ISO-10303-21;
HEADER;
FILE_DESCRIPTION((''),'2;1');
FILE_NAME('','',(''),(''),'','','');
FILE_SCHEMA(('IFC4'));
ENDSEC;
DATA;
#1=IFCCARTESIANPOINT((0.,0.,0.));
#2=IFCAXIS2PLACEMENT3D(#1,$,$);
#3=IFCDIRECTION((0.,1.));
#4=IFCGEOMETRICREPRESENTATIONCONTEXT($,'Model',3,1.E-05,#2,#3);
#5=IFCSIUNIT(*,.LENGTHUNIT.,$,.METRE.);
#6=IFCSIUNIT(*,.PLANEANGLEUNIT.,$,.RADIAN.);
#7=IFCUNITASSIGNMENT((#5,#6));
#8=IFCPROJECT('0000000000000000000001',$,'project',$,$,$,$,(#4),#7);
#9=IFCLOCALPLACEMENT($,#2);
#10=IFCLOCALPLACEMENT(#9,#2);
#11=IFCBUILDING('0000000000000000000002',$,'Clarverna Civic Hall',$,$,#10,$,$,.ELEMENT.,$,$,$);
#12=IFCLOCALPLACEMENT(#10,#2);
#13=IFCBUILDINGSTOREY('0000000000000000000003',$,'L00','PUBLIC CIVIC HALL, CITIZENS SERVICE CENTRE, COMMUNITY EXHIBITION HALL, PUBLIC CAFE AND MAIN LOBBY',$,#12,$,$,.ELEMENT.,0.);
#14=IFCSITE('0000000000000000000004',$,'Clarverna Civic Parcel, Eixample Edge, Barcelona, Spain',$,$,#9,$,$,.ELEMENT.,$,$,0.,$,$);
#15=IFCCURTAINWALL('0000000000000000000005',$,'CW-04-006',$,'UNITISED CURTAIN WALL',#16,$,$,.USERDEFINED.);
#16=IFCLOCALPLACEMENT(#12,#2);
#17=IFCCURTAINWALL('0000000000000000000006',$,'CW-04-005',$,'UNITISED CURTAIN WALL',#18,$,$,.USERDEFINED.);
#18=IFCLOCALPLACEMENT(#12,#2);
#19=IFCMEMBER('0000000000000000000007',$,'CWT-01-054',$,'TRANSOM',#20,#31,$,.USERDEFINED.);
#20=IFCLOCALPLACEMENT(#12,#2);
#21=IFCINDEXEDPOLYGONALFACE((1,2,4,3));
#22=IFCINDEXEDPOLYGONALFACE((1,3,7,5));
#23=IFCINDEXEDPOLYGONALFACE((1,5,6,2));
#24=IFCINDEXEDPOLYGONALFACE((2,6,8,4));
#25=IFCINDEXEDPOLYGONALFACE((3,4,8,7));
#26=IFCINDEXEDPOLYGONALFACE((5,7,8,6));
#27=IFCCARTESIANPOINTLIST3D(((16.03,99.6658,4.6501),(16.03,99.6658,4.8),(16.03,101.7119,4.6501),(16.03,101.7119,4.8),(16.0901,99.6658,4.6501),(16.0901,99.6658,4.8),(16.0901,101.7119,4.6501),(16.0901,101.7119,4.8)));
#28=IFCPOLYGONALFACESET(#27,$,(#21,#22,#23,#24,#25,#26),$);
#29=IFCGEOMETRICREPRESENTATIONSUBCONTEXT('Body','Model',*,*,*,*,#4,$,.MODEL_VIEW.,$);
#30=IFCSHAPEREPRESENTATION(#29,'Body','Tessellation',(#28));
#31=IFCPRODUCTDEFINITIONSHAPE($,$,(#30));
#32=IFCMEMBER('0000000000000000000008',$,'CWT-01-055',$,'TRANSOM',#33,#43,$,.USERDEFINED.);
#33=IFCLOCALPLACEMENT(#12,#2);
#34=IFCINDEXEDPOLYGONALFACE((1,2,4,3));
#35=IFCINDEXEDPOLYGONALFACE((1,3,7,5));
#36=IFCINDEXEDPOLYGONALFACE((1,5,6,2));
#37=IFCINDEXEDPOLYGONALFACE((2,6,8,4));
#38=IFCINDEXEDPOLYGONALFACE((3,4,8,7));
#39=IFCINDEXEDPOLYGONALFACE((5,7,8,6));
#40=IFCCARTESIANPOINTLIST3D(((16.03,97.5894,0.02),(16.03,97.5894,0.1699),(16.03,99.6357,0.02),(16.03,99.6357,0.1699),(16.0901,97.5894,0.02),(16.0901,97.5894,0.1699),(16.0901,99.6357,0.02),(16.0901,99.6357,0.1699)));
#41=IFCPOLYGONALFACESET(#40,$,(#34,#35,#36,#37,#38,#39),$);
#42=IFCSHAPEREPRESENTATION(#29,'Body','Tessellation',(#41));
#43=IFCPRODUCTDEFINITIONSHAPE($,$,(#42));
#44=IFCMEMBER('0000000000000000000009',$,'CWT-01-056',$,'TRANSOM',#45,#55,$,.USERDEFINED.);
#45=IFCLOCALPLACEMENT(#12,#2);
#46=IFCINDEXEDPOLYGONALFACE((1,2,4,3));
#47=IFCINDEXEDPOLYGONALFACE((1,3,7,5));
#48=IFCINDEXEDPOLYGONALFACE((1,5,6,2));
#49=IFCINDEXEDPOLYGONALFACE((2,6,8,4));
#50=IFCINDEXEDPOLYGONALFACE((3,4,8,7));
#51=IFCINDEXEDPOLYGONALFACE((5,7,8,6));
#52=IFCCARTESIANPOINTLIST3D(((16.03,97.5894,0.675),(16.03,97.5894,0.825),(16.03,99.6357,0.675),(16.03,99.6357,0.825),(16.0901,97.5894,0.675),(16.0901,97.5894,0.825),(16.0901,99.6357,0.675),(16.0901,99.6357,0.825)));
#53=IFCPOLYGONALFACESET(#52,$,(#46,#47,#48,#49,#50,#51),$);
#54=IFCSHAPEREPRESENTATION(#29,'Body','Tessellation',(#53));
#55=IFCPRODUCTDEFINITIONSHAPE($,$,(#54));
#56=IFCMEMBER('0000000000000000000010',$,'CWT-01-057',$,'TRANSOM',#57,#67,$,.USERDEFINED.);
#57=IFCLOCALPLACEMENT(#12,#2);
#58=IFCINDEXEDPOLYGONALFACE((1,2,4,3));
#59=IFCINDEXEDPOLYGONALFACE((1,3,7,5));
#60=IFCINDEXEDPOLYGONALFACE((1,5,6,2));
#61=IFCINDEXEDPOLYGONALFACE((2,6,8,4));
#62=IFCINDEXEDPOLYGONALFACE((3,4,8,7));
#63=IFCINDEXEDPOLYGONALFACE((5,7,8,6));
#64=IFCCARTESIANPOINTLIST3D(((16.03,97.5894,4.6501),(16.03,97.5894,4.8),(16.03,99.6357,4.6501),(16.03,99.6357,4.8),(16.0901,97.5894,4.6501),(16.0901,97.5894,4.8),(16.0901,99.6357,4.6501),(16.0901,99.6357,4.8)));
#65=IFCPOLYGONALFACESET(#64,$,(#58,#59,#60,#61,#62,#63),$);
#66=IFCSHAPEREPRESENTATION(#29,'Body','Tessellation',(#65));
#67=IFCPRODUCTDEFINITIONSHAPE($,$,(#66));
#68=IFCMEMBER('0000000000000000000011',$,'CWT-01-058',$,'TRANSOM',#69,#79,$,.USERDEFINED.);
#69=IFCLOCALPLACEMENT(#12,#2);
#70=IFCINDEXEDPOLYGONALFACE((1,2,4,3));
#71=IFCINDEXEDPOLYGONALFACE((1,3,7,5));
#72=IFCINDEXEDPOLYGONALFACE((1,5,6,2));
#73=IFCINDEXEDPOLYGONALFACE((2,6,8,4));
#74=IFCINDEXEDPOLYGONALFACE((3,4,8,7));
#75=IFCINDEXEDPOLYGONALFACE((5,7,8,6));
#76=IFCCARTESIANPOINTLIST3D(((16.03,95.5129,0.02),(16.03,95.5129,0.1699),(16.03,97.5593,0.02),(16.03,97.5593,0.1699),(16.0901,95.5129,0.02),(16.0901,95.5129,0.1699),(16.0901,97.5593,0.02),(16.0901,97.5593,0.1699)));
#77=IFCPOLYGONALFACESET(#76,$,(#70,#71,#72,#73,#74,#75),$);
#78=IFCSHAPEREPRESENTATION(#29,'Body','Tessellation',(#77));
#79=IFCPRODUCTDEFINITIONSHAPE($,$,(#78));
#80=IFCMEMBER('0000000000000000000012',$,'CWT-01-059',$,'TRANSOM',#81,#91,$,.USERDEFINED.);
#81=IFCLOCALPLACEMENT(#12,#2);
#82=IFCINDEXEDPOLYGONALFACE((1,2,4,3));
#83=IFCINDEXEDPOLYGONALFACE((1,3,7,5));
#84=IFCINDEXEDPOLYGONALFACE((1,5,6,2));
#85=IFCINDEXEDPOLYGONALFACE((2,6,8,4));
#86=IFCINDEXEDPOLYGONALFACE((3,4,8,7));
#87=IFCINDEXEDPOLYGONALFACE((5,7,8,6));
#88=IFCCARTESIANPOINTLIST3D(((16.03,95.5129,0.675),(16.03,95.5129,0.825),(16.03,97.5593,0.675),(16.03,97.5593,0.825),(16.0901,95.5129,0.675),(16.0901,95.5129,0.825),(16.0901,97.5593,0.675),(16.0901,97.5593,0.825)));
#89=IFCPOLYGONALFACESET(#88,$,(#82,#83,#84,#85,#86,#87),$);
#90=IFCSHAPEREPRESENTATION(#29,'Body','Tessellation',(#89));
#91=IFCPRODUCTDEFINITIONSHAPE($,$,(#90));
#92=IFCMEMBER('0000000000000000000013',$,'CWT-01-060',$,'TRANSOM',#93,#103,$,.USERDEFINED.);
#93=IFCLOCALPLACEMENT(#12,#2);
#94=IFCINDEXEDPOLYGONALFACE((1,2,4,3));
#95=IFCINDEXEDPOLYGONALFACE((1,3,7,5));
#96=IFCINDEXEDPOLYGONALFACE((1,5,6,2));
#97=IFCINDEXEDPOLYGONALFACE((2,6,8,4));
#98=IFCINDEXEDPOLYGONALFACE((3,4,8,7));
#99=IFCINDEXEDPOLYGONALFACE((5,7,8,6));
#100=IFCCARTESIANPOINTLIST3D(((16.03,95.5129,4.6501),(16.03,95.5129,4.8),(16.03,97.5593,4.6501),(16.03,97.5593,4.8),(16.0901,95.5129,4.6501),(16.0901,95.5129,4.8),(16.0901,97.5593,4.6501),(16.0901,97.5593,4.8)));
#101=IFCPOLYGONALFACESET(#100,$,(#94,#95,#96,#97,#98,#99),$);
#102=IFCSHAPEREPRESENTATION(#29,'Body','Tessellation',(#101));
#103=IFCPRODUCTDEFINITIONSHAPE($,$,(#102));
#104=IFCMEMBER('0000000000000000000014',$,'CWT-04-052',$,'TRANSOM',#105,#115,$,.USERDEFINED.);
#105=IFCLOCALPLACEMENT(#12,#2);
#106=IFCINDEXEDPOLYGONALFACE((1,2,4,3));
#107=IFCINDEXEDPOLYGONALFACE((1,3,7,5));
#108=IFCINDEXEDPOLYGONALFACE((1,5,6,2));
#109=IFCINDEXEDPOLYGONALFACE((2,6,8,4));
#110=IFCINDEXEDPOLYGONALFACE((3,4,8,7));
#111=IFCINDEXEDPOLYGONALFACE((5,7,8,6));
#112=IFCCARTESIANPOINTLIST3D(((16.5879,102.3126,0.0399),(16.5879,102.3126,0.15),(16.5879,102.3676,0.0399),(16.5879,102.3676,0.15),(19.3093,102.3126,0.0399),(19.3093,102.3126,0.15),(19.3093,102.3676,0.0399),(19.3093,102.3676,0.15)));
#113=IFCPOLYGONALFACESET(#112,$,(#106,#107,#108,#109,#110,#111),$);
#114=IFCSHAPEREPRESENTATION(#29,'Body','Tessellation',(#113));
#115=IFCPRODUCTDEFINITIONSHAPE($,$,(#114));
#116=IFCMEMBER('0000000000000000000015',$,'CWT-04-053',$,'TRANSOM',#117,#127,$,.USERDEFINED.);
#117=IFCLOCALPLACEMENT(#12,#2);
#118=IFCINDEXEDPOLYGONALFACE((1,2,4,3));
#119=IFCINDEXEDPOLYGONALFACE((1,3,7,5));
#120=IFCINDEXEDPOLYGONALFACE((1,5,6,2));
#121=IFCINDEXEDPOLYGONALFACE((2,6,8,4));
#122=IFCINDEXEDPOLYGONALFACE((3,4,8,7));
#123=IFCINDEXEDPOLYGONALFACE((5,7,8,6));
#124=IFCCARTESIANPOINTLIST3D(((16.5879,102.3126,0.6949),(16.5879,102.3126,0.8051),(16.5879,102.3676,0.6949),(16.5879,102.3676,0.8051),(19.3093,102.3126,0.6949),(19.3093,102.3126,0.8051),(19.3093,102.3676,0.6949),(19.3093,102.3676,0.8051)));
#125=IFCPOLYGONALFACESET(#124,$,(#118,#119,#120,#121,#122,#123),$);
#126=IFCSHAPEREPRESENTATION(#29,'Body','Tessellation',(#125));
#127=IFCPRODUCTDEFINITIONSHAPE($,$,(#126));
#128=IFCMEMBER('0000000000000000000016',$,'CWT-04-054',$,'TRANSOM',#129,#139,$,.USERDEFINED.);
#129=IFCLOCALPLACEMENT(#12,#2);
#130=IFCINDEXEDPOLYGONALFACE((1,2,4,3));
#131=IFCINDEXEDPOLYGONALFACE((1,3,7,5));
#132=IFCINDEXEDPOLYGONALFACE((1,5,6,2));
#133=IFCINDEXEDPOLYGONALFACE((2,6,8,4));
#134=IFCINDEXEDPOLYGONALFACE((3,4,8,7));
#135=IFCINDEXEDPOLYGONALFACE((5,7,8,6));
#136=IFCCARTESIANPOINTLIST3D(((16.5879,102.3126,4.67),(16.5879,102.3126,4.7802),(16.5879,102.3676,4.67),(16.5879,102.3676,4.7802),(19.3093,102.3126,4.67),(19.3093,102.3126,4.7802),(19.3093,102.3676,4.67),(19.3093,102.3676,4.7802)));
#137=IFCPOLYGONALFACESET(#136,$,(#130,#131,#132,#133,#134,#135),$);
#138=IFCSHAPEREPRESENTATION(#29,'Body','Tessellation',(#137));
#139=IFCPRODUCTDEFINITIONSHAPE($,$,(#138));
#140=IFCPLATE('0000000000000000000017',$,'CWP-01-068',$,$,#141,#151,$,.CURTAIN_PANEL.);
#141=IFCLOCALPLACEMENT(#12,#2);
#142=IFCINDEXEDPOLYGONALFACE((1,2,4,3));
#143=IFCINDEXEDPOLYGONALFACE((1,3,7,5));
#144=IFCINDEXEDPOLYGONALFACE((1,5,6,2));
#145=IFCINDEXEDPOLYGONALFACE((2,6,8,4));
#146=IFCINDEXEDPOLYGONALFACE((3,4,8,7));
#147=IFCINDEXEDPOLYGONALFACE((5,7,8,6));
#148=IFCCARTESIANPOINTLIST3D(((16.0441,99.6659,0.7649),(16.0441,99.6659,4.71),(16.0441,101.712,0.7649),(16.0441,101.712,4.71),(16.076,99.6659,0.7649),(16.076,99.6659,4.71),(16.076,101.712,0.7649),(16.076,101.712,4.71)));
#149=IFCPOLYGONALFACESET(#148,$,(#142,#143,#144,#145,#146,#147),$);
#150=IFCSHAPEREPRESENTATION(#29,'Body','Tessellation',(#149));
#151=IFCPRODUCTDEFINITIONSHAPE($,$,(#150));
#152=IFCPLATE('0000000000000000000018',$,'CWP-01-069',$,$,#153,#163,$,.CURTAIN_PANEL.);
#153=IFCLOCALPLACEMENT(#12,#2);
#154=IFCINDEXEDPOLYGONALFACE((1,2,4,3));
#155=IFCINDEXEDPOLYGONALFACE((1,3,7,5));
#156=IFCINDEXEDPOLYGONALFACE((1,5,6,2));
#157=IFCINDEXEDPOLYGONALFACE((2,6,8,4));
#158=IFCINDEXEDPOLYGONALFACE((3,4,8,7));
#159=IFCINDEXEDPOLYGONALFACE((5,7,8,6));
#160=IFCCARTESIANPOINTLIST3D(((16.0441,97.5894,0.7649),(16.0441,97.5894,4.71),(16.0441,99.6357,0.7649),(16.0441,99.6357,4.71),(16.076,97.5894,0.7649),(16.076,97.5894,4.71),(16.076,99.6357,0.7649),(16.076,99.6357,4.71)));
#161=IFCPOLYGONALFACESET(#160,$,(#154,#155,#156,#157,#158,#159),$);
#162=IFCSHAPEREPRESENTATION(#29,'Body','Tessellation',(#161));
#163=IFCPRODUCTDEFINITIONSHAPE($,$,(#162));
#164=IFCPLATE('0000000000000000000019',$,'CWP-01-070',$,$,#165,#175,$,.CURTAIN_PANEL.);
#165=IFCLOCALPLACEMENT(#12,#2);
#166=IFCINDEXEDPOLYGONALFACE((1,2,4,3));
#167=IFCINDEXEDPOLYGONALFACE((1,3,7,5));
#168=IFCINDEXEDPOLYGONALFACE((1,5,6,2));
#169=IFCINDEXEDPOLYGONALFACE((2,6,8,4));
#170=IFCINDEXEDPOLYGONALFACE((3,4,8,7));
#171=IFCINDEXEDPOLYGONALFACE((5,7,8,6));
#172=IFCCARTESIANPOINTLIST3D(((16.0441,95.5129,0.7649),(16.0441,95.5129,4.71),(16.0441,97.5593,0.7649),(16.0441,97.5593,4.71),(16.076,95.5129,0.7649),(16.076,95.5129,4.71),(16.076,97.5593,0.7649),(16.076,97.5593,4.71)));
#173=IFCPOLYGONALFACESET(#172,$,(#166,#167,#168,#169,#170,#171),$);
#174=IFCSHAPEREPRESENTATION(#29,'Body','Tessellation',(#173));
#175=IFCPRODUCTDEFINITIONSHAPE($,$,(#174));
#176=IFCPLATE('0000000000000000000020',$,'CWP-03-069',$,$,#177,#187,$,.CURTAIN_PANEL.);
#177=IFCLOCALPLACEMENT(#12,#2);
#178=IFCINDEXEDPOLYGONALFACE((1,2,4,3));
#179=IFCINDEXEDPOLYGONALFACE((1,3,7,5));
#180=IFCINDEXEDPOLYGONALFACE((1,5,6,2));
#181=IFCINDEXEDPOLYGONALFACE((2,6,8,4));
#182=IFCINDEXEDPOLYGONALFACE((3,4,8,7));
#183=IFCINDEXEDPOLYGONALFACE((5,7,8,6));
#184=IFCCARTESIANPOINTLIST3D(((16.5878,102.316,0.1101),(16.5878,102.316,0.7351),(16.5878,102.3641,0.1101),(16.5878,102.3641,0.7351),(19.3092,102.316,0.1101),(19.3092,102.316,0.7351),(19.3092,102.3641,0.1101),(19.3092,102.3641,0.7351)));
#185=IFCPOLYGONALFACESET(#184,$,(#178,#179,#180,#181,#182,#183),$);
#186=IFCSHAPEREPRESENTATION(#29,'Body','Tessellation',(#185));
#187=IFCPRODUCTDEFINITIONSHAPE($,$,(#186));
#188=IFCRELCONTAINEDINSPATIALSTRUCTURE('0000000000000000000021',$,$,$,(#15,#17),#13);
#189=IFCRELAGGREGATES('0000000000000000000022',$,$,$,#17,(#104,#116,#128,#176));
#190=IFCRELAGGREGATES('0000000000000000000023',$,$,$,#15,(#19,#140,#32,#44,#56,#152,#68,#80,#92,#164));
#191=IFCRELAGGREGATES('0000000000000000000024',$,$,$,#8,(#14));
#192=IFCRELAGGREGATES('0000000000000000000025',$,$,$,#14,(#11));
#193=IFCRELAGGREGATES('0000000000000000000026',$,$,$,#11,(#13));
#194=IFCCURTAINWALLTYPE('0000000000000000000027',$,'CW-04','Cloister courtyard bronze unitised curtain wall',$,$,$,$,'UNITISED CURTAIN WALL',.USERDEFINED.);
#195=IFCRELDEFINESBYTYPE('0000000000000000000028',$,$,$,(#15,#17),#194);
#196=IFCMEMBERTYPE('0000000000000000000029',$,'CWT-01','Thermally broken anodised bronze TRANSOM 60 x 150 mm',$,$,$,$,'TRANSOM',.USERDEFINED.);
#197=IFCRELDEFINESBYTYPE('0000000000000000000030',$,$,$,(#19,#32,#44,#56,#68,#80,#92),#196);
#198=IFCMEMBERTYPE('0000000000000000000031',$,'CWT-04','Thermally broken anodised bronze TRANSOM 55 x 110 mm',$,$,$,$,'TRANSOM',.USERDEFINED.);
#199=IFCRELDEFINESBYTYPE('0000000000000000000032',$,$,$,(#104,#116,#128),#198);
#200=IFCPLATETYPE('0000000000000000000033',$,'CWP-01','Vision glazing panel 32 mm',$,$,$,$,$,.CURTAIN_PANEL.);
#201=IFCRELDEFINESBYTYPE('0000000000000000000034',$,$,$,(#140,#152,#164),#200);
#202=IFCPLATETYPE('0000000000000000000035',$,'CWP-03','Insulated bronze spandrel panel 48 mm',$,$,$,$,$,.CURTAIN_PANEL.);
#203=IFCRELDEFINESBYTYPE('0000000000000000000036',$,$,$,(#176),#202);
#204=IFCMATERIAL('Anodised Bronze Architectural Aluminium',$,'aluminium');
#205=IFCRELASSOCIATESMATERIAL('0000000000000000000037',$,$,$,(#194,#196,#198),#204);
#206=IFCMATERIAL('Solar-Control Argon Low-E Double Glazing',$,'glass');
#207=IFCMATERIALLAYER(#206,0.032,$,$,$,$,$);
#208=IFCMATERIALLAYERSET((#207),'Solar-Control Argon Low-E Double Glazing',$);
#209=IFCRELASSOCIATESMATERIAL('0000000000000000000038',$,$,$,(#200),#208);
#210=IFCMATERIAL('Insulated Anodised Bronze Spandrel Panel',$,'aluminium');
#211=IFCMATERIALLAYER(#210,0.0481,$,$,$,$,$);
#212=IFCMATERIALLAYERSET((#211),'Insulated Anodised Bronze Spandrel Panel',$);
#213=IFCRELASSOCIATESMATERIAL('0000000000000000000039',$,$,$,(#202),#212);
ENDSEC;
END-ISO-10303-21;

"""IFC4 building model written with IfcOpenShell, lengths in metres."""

from ifc_helpers import new_model, si_unit, direction, frame, frame_2d, origin, origin_2d, place, context, subcontext, project, spatial, rectangle, extrude, material, layer, layer_set, material_profile, profile_set, type_object, element, aggregate, save


model = new_model("IFC4")

# Units and contexts
model_context = context("Model", 3, precision=1e-05, world=origin(), true_north=direction((0.0, 1.0)))
body_context = subcontext(model_context, "Body", "Model", "MODEL_VIEW")
ifc_project = project(units=[si_unit("LENGTHUNIT", "METRE"), si_unit("PLANEANGLEUNIT", "RADIAN")], contexts=[model_context])

# Site, building, storey
site_placement = place(None, origin())
site = spatial("IfcSite", under=ifc_project, at=site_placement, Name="Clarverna Civic Parcel, Eixample Edge, Barcelona, Spain", CompositionType="ELEMENT", RefElevation=0.0)
building_placement = place(site_placement, origin())
building = spatial("IfcBuilding", under=site, at=building_placement, Name="Clarverna Civic Hall", CompositionType="ELEMENT")
storey_placement = place(building_placement, origin())
storey = spatial("IfcBuildingStorey", under=building, at=storey_placement, Name="L00", Description="PUBLIC CIVIC HALL, CITIZENS SERVICE CENTRE, COMMUNITY EXHIBITION HALL, PUBLIC CAFE AND MAIN LOBBY", CompositionType="ELEMENT", Elevation=0.0)

# Curtain wall
ifc_material_1 = material(Name="Anodised Bronze Architectural Aluminium", Category="aluminium")
curtain_wall_type = type_object("IfcCurtainWallType", Name="CW-04", Description="Cloister courtyard bronze unitised curtain wall", ElementType="UNITISED CURTAIN WALL", PredefinedType="USERDEFINED", material=ifc_material_1)
curtain_wall_1_placement = place(storey_placement, origin())
curtain_wall_1 = element("IfcCurtainWall", 1, at=curtain_wall_1_placement, inside=storey, type_object=curtain_wall_type, Name="CW-04-006", ObjectType="UNITISED CURTAIN WALL", PredefinedType="USERDEFINED")

# Curtain wall
curtain_wall_2_placement = place(storey_placement, origin())
curtain_wall_2 = element("IfcCurtainWall", 2, at=curtain_wall_2_placement, inside=storey, type_object=curtain_wall_type, Name="CW-04-005", ObjectType="UNITISED CURTAIN WALL", PredefinedType="USERDEFINED")

# Members
ifc_material_profile_1 = material_profile(ifc_material_1, rectangle(XDim=0.0601, YDim=0.1499, at=origin_2d()), Name="BRONZE 60x150")
ifc_profile_set_1 = profile_set([ifc_material_profile_1], Name="Anodised Bronze Architectural Aluminium")
member_type_1 = type_object("IfcMemberType", Name="CWT-01", Description="Thermally broken anodised bronze TRANSOM 60 x 150 mm", ElementType="TRANSOM", PredefinedType="USERDEFINED", material=ifc_profile_set_1)
member_1_placement = place(storey_placement, frame((16.0601, 101.7119, 4.7251), z_axis=(0.0, -1.0, 0.0), x_axis=(1.0, 0.0, 0.0)))
member_1 = element("IfcMember", 3, at=member_1_placement, type_object=member_type_1, Name="CWT-01-054", ObjectType="TRANSOM", PredefinedType="USERDEFINED", context=body_context, shape_type="SweptSolid", body=[
    extrude(rectangle(XDim=0.0601, YDim=0.1499, at=origin_2d()), origin(), (0.0, 0.0, 1.0), 2.0461),
])
member_2_placement = place(storey_placement, frame((16.0601, 99.6357, 0.095), z_axis=(0.0, -1.0, 0.0), x_axis=(1.0, 0.0, 0.0)))
member_2 = element("IfcMember", 4, at=member_2_placement, type_object=member_type_1, Name="CWT-01-055", ObjectType="TRANSOM", PredefinedType="USERDEFINED", context=body_context, shape_type="SweptSolid", body=[
    extrude(rectangle(XDim=0.0601, YDim=0.1499, at=origin_2d()), origin(), (0.0, 0.0, 1.0), 2.0464),
])
member_3_placement = place(storey_placement, frame((16.0601, 99.6357, 0.75), z_axis=(0.0, -1.0, 0.0), x_axis=(1.0, 0.0, 0.0)))
member_3 = element("IfcMember", 5, at=member_3_placement, type_object=member_type_1, Name="CWT-01-056", ObjectType="TRANSOM", PredefinedType="USERDEFINED", context=body_context, shape_type="SweptSolid", body=[
    extrude(rectangle(XDim=0.0601, YDim=0.1499, at=origin_2d()), origin(), (0.0, 0.0, 1.0), 2.0464),
])
member_4_placement = place(storey_placement, frame((16.0601, 99.6357, 4.7251), z_axis=(0.0, -1.0, 0.0), x_axis=(1.0, 0.0, 0.0)))
member_4 = element("IfcMember", 6, at=member_4_placement, type_object=member_type_1, Name="CWT-01-057", ObjectType="TRANSOM", PredefinedType="USERDEFINED", context=body_context, shape_type="SweptSolid", body=[
    extrude(rectangle(XDim=0.0601, YDim=0.1499, at=origin_2d()), origin(), (0.0, 0.0, 1.0), 2.0464),
])
member_5_placement = place(storey_placement, frame((16.0601, 97.5593, 0.095), z_axis=(0.0, -1.0, 0.0), x_axis=(1.0, 0.0, 0.0)))
member_5 = element("IfcMember", 7, at=member_5_placement, type_object=member_type_1, Name="CWT-01-058", ObjectType="TRANSOM", PredefinedType="USERDEFINED", context=body_context, shape_type="SweptSolid", body=[
    extrude(rectangle(XDim=0.0601, YDim=0.1499, at=origin_2d()), origin(), (0.0, 0.0, 1.0), 2.0464),
])
member_6_placement = place(storey_placement, frame((16.0601, 97.5593, 0.75), z_axis=(0.0, -1.0, 0.0), x_axis=(1.0, 0.0, 0.0)))
member_6 = element("IfcMember", 8, at=member_6_placement, type_object=member_type_1, Name="CWT-01-059", ObjectType="TRANSOM", PredefinedType="USERDEFINED", context=body_context, shape_type="SweptSolid", body=[
    extrude(rectangle(XDim=0.0601, YDim=0.1499, at=origin_2d()), origin(), (0.0, 0.0, 1.0), 2.0464),
])
member_7_placement = place(storey_placement, frame((16.0601, 97.5593, 4.7251), z_axis=(0.0, -1.0, 0.0), x_axis=(1.0, 0.0, 0.0)))
member_7 = element("IfcMember", 9, at=member_7_placement, type_object=member_type_1, Name="CWT-01-060", ObjectType="TRANSOM", PredefinedType="USERDEFINED", context=body_context, shape_type="SweptSolid", body=[
    extrude(rectangle(XDim=0.0601, YDim=0.1499, at=origin_2d()), origin(), (0.0, 0.0, 1.0), 2.0464),
])
ifc_material_profile_2 = material_profile(ifc_material_1, rectangle(XDim=0.0549, YDim=0.1101, at=origin_2d()), Name="BRONZE 55x110")
ifc_profile_set_2 = profile_set([ifc_material_profile_2], Name="Anodised Bronze Architectural Aluminium")
member_type_2 = type_object("IfcMemberType", Name="CWT-04", Description="Thermally broken anodised bronze TRANSOM 55 x 110 mm", ElementType="TRANSOM", PredefinedType="USERDEFINED", material=ifc_profile_set_2)
member_8_placement = place(storey_placement, frame((19.3093, 102.3401, 0.095), z_axis=(-1.0, 0.0, 0.0), x_axis=(0.0, -1.0, 0.0)))
member_8 = element("IfcMember", 10, at=member_8_placement, type_object=member_type_2, Name="CWT-04-052", ObjectType="TRANSOM", PredefinedType="USERDEFINED", context=body_context, shape_type="SweptSolid", body=[
    extrude(rectangle(XDim=0.0549, YDim=0.1101, at=origin_2d()), origin(), (0.0, 0.0, 1.0), 2.7214),
])
member_9_placement = place(storey_placement, frame((19.3093, 102.3401, 0.75), z_axis=(-1.0, 0.0, 0.0), x_axis=(0.0, -1.0, 0.0)))
member_9 = element("IfcMember", 11, at=member_9_placement, type_object=member_type_2, Name="CWT-04-053", ObjectType="TRANSOM", PredefinedType="USERDEFINED", context=body_context, shape_type="SweptSolid", body=[
    extrude(rectangle(XDim=0.0549, YDim=0.1101, at=origin_2d()), origin(), (0.0, 0.0, 1.0), 2.7214),
])
member_10_placement = place(storey_placement, frame((19.3093, 102.3401, 4.7251), z_axis=(-1.0, 0.0, 0.0), x_axis=(0.0, -1.0, 0.0)))
member_10 = element("IfcMember", 12, at=member_10_placement, type_object=member_type_2, Name="CWT-04-054", ObjectType="TRANSOM", PredefinedType="USERDEFINED", context=body_context, shape_type="SweptSolid", body=[
    extrude(rectangle(XDim=0.0549, YDim=0.1101, at=origin_2d()), origin(), (0.0, 0.0, 1.0), 2.7214),
])

# Plates
ifc_material_2 = material(Name="Solar-Control Argon Low-E Double Glazing", Category="glass")
ifc_layer_1 = layer(ifc_material_2, 0.032)
ifc_layer_set_1 = layer_set([ifc_layer_1], Name="Solar-Control Argon Low-E Double Glazing")
plate_type_1 = type_object("IfcPlateType", Name="CWP-01", Description="Vision glazing panel 32 mm", PredefinedType="CURTAIN_PANEL", material=ifc_layer_set_1)
plate_1_placement = place(storey_placement, frame((16.0601, 101.7119, 0.7649), z_axis=(0.0, 0.0, 1.0), x_axis=(0.0, -1.0, 0.0)))
plate_1 = element("IfcPlate", 13, at=plate_1_placement, type_object=plate_type_1, Name="CWP-01-068", PredefinedType="CURTAIN_PANEL", context=body_context, shape_type="SweptSolid", body=[
    extrude(rectangle(XDim=2.0461, YDim=0.032, at=frame_2d((1.0229, 0.0))), origin(), (0.0, 0.0, 1.0), 3.9451),
])
plate_2_placement = place(storey_placement, frame((16.0601, 99.6357, 0.7649), z_axis=(0.0, 0.0, 1.0), x_axis=(0.0, -1.0, 0.0)))
plate_2 = element("IfcPlate", 14, at=plate_2_placement, type_object=plate_type_1, Name="CWP-01-069", PredefinedType="CURTAIN_PANEL", context=body_context, shape_type="SweptSolid", body=[
    extrude(rectangle(XDim=2.0464, YDim=0.032, at=frame_2d((1.0232, 0.0))), origin(), (0.0, 0.0, 1.0), 3.9451),
])
plate_3_placement = place(storey_placement, frame((16.0601, 97.5593, 0.7649), z_axis=(0.0, 0.0, 1.0), x_axis=(0.0, -1.0, 0.0)))
plate_3 = element("IfcPlate", 15, at=plate_3_placement, type_object=plate_type_1, Name="CWP-01-070", PredefinedType="CURTAIN_PANEL", context=body_context, shape_type="SweptSolid", body=[
    extrude(rectangle(XDim=2.0464, YDim=0.032, at=frame_2d((1.0232, 0.0))), origin(), (0.0, 0.0, 1.0), 3.9451),
])
ifc_material_3 = material(Name="Insulated Anodised Bronze Spandrel Panel", Category="aluminium")
ifc_layer_2 = layer(ifc_material_3, 0.0481)
ifc_layer_set_2 = layer_set([ifc_layer_2], Name="Insulated Anodised Bronze Spandrel Panel")
plate_type_2 = type_object("IfcPlateType", Name="CWP-03", Description="Insulated bronze spandrel panel 48 mm", PredefinedType="CURTAIN_PANEL", material=ifc_layer_set_2)
plate_4_placement = place(storey_placement, frame((19.3093, 102.3401, 0.1101), z_axis=(0.0, 0.0, 1.0), x_axis=(-1.0, 0.0, 0.0)))
plate_4 = element("IfcPlate", 16, at=plate_4_placement, type_object=plate_type_2, Name="CWP-03-069", PredefinedType="CURTAIN_PANEL", context=body_context, shape_type="SweptSolid", body=[
    extrude(rectangle(XDim=2.7214, YDim=0.0481, at=frame_2d((1.3608, 0.0))), origin(), (0.0, 0.0, 1.0), 0.625),
])
aggregate(curtain_wall_2, [member_8, member_9, member_10, plate_4])
aggregate(curtain_wall_1, [member_1, plate_1, member_2, member_3, member_4, plate_2, member_5, member_6, member_7, plate_3])

save(model, "model.ifc")
